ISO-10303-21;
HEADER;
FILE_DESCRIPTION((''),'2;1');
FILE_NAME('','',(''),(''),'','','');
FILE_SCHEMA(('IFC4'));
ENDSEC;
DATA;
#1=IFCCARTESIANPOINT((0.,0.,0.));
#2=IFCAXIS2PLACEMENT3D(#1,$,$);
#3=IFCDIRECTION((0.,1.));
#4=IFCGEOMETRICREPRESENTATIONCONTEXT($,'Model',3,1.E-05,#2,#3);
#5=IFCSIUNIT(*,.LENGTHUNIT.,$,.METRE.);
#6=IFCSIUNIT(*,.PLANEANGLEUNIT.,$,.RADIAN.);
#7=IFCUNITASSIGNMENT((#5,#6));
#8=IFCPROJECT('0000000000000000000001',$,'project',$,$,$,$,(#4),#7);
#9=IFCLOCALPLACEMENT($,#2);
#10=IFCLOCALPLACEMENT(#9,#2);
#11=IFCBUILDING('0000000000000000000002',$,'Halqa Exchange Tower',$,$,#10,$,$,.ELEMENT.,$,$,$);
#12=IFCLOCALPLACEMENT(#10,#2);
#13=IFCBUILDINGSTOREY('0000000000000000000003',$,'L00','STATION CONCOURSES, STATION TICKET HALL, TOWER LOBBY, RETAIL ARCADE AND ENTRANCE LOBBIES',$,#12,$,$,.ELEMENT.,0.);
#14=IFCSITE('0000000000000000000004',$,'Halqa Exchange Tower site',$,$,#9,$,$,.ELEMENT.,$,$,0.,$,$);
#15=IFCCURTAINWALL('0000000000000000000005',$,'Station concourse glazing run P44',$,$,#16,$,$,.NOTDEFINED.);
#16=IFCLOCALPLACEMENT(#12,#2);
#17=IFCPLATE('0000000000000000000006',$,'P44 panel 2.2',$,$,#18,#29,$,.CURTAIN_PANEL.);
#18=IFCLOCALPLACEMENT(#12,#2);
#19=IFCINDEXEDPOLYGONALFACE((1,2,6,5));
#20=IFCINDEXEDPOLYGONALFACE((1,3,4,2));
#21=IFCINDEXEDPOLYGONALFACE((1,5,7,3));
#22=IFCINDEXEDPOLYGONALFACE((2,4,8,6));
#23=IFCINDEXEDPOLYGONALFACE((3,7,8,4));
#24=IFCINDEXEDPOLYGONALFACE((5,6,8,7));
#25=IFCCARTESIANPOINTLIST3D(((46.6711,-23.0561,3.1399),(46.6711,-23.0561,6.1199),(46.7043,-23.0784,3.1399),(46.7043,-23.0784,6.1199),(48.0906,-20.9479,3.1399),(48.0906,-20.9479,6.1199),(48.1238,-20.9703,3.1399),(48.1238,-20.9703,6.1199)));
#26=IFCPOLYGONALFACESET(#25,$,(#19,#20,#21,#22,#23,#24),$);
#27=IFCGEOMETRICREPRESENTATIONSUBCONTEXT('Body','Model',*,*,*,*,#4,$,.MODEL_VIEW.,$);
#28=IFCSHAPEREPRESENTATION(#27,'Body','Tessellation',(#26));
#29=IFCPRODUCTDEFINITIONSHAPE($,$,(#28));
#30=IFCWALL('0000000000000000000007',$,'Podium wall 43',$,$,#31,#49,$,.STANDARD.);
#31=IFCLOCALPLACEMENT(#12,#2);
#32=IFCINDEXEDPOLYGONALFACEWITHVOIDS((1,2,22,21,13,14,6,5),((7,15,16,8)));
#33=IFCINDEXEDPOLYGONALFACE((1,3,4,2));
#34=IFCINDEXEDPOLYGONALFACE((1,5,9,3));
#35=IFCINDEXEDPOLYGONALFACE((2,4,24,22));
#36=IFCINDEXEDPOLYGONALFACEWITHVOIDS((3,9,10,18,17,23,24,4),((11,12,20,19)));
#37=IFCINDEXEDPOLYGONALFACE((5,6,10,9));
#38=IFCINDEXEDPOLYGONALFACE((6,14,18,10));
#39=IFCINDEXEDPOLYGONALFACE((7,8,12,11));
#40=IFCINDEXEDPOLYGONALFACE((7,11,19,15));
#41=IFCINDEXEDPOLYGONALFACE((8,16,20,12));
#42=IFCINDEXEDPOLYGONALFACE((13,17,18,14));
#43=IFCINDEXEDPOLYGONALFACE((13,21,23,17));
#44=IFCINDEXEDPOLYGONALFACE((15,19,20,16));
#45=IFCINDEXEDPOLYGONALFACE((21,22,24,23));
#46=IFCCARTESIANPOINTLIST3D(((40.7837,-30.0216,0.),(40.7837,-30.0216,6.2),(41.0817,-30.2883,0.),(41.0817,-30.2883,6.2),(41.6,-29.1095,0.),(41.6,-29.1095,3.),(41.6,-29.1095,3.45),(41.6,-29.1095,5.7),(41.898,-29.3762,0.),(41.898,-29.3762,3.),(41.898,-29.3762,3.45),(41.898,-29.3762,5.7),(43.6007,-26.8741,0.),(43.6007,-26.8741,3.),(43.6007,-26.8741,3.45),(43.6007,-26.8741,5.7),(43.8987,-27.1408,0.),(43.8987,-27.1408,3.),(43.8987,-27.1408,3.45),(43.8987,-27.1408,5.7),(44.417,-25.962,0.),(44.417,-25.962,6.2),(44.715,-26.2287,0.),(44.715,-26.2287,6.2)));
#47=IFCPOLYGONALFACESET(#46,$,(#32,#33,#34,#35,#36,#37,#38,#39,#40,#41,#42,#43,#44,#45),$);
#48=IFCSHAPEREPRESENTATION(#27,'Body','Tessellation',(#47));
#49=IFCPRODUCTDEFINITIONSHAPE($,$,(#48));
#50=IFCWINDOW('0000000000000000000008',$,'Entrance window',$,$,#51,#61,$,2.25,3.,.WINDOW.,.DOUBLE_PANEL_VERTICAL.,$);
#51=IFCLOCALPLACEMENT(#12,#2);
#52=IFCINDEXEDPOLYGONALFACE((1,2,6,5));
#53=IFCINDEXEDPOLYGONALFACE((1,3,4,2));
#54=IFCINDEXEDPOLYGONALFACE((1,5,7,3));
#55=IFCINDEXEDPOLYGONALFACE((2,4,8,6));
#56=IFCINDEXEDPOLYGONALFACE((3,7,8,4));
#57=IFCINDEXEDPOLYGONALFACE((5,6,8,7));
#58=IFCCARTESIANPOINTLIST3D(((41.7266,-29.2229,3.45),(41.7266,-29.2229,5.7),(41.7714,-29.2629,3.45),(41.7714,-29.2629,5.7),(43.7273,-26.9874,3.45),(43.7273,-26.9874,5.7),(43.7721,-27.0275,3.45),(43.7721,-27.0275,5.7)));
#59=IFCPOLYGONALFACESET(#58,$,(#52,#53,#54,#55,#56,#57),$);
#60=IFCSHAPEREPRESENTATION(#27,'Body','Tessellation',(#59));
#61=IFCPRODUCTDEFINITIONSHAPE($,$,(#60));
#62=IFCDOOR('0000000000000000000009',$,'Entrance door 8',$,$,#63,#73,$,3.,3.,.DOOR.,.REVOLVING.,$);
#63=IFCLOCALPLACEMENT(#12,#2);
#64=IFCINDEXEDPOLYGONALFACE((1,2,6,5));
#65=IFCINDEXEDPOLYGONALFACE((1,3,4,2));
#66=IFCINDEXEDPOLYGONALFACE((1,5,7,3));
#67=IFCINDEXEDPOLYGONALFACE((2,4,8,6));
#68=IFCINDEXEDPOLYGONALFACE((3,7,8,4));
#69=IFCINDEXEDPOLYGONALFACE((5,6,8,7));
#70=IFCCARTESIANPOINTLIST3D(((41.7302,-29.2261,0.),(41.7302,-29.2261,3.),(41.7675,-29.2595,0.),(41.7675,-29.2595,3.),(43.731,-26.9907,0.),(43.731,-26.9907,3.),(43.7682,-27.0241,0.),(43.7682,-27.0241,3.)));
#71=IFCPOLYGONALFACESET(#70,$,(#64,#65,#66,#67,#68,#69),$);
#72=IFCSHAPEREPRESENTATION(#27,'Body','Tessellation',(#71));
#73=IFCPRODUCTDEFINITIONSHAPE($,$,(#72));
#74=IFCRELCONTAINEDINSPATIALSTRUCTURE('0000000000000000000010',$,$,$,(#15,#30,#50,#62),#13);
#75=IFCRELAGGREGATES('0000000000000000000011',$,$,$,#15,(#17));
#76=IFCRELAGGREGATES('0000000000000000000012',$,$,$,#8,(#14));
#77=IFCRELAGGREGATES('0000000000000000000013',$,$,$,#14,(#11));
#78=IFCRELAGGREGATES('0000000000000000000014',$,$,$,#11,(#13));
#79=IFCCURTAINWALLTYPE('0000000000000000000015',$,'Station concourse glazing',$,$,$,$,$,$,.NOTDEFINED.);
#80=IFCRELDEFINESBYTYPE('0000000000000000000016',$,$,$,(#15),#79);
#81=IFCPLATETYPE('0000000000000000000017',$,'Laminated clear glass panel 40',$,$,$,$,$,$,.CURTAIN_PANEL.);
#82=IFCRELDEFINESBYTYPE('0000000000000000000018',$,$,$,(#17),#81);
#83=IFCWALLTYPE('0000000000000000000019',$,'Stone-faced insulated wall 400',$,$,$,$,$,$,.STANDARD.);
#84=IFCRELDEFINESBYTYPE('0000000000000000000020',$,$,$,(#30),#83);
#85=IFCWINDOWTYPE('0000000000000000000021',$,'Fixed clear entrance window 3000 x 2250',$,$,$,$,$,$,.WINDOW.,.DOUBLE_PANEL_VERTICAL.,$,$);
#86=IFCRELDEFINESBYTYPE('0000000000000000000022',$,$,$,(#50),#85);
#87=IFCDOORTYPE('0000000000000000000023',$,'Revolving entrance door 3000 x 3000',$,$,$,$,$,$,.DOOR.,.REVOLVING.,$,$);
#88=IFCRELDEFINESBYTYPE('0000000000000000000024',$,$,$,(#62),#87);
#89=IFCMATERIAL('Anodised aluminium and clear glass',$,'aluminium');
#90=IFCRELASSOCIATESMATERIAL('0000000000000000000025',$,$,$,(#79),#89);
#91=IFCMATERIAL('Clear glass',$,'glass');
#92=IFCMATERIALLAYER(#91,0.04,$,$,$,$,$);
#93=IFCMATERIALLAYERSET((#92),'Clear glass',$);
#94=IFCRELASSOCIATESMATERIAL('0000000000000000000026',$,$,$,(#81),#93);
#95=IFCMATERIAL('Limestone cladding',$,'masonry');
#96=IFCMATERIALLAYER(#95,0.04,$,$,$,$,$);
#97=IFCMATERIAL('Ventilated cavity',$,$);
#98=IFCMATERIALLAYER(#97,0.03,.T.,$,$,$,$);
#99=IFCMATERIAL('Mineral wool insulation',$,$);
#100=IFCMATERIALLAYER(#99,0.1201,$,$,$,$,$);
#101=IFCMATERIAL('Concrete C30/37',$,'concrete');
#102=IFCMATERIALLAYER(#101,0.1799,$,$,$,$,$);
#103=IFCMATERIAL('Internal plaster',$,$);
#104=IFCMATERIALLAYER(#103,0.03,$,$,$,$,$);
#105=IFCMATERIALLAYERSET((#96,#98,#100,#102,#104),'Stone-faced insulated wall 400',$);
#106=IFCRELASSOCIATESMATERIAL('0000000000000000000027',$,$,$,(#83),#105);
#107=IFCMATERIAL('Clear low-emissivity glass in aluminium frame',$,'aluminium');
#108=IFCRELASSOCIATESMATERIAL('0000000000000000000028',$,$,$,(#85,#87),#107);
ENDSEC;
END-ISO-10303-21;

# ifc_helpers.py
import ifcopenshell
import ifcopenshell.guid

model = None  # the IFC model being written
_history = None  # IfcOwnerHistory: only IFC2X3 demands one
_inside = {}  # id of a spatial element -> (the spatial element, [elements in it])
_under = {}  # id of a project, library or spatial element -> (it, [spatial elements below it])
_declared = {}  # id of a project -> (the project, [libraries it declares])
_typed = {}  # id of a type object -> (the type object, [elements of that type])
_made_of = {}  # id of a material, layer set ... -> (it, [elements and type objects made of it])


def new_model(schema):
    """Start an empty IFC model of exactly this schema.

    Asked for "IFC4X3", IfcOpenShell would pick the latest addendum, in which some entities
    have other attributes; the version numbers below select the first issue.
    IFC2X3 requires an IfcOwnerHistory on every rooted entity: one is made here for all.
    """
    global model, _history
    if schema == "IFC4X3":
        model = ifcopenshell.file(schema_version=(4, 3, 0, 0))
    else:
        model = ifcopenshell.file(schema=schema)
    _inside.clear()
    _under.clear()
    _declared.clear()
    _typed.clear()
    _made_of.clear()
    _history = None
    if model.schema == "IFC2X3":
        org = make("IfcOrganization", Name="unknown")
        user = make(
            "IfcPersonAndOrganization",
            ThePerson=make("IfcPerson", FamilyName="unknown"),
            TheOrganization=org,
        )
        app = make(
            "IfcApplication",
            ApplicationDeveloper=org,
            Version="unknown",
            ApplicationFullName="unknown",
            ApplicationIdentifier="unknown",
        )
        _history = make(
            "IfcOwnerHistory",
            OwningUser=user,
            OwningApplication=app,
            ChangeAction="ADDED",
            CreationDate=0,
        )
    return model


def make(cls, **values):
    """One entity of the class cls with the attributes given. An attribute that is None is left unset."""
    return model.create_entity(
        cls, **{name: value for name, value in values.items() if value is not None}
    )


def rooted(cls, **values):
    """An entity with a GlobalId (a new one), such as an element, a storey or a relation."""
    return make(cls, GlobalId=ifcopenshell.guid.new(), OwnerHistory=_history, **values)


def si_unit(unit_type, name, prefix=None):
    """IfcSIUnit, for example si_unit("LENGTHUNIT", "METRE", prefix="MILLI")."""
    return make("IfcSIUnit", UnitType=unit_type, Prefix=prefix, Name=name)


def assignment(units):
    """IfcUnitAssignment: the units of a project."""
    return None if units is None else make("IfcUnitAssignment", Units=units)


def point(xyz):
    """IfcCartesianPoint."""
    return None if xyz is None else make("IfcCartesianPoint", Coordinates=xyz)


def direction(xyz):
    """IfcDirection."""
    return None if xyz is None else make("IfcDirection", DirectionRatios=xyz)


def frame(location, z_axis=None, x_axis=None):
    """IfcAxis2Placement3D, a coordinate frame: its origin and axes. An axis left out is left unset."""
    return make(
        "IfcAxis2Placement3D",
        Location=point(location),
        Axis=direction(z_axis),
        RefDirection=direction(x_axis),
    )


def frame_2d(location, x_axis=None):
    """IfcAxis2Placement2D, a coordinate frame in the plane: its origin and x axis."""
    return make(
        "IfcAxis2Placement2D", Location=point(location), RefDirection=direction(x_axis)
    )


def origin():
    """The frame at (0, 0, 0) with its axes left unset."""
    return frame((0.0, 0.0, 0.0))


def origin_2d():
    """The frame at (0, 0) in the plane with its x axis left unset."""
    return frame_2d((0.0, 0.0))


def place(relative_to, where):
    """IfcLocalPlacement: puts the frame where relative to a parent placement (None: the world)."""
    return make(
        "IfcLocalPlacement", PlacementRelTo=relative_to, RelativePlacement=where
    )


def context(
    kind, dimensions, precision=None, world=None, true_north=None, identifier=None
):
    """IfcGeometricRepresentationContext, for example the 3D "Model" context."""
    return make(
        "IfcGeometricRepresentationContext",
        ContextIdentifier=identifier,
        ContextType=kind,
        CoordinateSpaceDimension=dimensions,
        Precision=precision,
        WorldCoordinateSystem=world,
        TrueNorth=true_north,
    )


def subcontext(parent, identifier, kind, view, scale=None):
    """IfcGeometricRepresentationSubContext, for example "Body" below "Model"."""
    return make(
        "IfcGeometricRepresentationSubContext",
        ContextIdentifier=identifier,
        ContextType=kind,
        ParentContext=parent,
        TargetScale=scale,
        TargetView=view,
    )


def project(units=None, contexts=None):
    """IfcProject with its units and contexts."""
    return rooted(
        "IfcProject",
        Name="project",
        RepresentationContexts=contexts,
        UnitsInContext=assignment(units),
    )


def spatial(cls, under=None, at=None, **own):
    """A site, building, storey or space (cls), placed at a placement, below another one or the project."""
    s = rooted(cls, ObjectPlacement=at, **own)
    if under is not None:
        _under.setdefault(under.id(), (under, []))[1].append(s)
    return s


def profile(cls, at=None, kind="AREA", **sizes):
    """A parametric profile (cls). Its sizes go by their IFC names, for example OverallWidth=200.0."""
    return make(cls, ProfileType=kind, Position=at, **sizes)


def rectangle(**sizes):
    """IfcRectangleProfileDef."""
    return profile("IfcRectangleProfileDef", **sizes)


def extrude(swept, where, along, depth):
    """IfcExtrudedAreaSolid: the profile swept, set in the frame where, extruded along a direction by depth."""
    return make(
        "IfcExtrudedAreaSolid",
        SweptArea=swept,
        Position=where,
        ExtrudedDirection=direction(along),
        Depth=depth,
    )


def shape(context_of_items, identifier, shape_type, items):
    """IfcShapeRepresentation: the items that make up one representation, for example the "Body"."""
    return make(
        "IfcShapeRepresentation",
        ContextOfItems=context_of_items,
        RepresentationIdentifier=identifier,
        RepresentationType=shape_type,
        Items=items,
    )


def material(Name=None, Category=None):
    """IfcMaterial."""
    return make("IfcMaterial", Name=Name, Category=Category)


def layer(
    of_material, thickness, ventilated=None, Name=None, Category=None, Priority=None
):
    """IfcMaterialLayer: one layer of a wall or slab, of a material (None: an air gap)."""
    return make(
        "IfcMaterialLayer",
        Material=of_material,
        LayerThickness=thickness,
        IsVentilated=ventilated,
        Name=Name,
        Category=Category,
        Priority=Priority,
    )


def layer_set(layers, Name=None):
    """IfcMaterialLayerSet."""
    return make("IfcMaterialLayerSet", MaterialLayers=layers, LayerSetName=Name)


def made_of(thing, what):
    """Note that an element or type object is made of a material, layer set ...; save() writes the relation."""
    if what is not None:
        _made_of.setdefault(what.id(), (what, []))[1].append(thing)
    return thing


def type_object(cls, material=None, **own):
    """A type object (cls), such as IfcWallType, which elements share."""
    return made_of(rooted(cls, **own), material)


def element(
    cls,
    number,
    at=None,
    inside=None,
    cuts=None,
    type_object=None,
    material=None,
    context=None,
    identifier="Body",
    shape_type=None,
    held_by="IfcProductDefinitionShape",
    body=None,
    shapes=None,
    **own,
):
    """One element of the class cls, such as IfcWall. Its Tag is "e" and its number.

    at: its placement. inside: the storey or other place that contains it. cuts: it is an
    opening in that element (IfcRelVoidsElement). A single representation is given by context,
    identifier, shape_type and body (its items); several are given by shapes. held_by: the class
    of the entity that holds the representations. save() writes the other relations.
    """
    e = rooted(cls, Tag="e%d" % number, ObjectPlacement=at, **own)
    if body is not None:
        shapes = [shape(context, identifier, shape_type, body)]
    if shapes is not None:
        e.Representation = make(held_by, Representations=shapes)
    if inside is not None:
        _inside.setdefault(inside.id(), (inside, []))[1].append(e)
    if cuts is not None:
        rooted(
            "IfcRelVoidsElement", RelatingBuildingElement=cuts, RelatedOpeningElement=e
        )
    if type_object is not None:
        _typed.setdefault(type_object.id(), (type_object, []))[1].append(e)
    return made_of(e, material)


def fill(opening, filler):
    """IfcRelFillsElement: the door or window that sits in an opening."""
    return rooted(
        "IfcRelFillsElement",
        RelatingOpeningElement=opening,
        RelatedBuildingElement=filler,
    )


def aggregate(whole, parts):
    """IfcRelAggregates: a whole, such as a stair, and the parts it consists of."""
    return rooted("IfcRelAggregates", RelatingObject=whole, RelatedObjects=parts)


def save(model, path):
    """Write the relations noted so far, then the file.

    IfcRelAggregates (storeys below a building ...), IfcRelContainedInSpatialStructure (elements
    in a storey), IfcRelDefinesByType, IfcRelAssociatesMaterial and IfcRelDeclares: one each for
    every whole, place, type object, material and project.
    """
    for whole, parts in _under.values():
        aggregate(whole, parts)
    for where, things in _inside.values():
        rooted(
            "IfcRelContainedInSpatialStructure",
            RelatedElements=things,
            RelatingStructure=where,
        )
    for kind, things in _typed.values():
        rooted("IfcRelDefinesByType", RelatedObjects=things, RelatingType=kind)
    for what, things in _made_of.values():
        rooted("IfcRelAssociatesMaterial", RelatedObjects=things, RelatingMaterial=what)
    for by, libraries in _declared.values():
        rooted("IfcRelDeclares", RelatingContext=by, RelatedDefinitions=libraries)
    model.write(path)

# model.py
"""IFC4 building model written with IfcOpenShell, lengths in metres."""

from ifc_helpers import new_model, si_unit, direction, frame, frame_2d, origin, origin_2d, place, context, subcontext, project, spatial, rectangle, extrude, material, layer, layer_set, type_object, element, fill, aggregate, save


model = new_model("IFC4")

# Units and contexts
model_context = context("Model", 3, precision=1e-05, world=origin(), true_north=direction((0.0, 1.0)))
body_context = subcontext(model_context, "Body", "Model", "MODEL_VIEW")
ifc_project = project(units=[si_unit("LENGTHUNIT", "METRE"), si_unit("PLANEANGLEUNIT", "RADIAN")], contexts=[model_context])

# Site, building, storey
site_placement = place(None, origin())
site = spatial("IfcSite", under=ifc_project, at=site_placement, Name="Halqa Exchange Tower site", CompositionType="ELEMENT", RefElevation=0.0)
building_placement = place(site_placement, origin())
building = spatial("IfcBuilding", under=site, at=building_placement, Name="Halqa Exchange Tower", CompositionType="ELEMENT")
storey_placement = place(building_placement, origin())
storey = spatial("IfcBuildingStorey", under=building, at=storey_placement, Name="L00", Description="STATION CONCOURSES, STATION TICKET HALL, TOWER LOBBY, RETAIL ARCADE AND ENTRANCE LOBBIES", CompositionType="ELEMENT", Elevation=0.0)

# Curtain wall
ifc_material_1 = material(Name="Anodised aluminium and clear glass", Category="aluminium")
curtain_wall_type = type_object("IfcCurtainWallType", Name="Station concourse glazing", PredefinedType="NOTDEFINED", material=ifc_material_1)
curtain_wall_1_placement = place(storey_placement, origin())
curtain_wall_1 = element("IfcCurtainWall", 1, at=curtain_wall_1_placement, inside=storey, type_object=curtain_wall_type, Name="Station concourse glazing run P44", PredefinedType="NOTDEFINED")

# Plate
ifc_material_2 = material(Name="Clear glass", Category="glass")
ifc_layer_1 = layer(ifc_material_2, 0.04)
ifc_layer_set_1 = layer_set([ifc_layer_1], Name="Clear glass")
plate_type = type_object("IfcPlateType", Name="Laminated clear glass panel 40", PredefinedType="CURTAIN_PANEL", material=ifc_layer_set_1)
plate_1_placement = place(storey_placement, frame((47.3975, -22.0132, 3.1399), z_axis=(0.0, 0.0, 1.0), x_axis=(0.558522, 0.82949, 0.0)))
plate_1 = element("IfcPlate", 2, at=plate_1_placement, type_object=plate_type, Name="P44 panel 2.2", PredefinedType="CURTAIN_PANEL", context=body_context, shape_type="SweptSolid", body=[
    extrude(rectangle(XDim=2.5415, YDim=0.04, at=origin_2d()), origin(), (0.0, 0.0, 1.0), 2.98),
])
aggregate(curtain_wall_1, [plate_1])

# Wall, openings, window, door
ifc_material_3 = material(Name="Limestone cladding", Category="masonry")
ifc_layer_2 = layer(ifc_material_3, 0.04)
ifc_material_4 = material(Name="Ventilated cavity")
ifc_layer_3 = layer(ifc_material_4, 0.03, ventilated=True)
ifc_material_5 = material(Name="Mineral wool insulation")
ifc_layer_4 = layer(ifc_material_5, 0.1201)
ifc_material_6 = material(Name="Concrete C30/37", Category="concrete")
ifc_layer_5 = layer(ifc_material_6, 0.1799)
ifc_material_7 = material(Name="Internal plaster")
ifc_layer_6 = layer(ifc_material_7, 0.03)
ifc_layer_set_2 = layer_set([ifc_layer_2, ifc_layer_3, ifc_layer_4, ifc_layer_5, ifc_layer_6], Name="Stone-faced insulated wall 400")
wall_type = type_object("IfcWallType", Name="Stone-faced insulated wall 400", PredefinedType="STANDARD", material=ifc_layer_set_2)
wall_placement = place(storey_placement, frame((40.9326, -30.155, 0.0), z_axis=(0.0, 0.0, 1.0), x_axis=(0.666902, 0.745145, 0.0)))
wall = element("IfcWall", 3, at=wall_placement, inside=storey, type_object=wall_type, Name="Podium wall 43", PredefinedType="STANDARD", context=body_context, shape_type="SweptSolid", body=[
    extrude(rectangle(XDim=5.448, YDim=0.3999, at=frame_2d((2.7241, 0.0))), origin(), (0.0, 0.0, 1.0), 6.2),
])
opening_1_placement = place(wall_placement, frame((1.2241, 0.0, 0.0)))
opening_1 = element("IfcOpeningElement", 4, at=opening_1_placement, cuts=wall, PredefinedType="OPENING", context=body_context, shape_type="SweptSolid", body=[
    extrude(rectangle(XDim=3.0, YDim=3.0, at=frame_2d((1.5, 1.5))), frame((0.0, 0.2119, 0.0), z_axis=(0.0, -1.0, 0.0), x_axis=(1.0, 0.0, 0.0)), (0.0, 0.0, 1.0), 0.4238),
])
opening_2_placement = place(wall_placement, frame((1.2241, 0.0, 3.45)))
opening_2 = element("IfcOpeningElement", 5, at=opening_2_placement, cuts=wall, PredefinedType="OPENING", context=body_context, shape_type="SweptSolid", body=[
    extrude(rectangle(XDim=3.0, YDim=2.25, at=frame_2d((1.5, 1.125))), frame((0.0, 0.2119, 0.0), z_axis=(0.0, -1.0, 0.0), x_axis=(1.0, 0.0, 0.0)), (0.0, 0.0, 1.0), 0.4238),
])
ifc_material_8 = material(Name="Clear low-emissivity glass in aluminium frame", Category="aluminium")
window_type = type_object("IfcWindowType", Name="Fixed clear entrance window 3000 x 2250", PartitioningType="DOUBLE_PANEL_VERTICAL", PredefinedType="WINDOW", material=ifc_material_8)
window_placement = place(opening_2_placement, origin())
window = element("IfcWindow", 6, at=window_placement, inside=storey, type_object=window_type, Name="Entrance window", OverallHeight=2.25, OverallWidth=3.0, PartitioningType="DOUBLE_PANEL_VERTICAL", PredefinedType="WINDOW", context=body_context, shape_type="SweptSolid", body=[
    extrude(rectangle(XDim=3.0, YDim=2.25, at=frame_2d((1.5, 1.125))), frame((0.0, 0.03, 0.0), z_axis=(0.0, -1.0, 0.0), x_axis=(1.0, 0.0, 0.0)), (0.0, 0.0, 1.0), 0.0601),
])
fill(opening_2, window)
door_type = type_object("IfcDoorType", Name="Revolving entrance door 3000 x 3000", OperationType="REVOLVING", PredefinedType="DOOR", material=ifc_material_8)
door_placement = place(opening_1_placement, frame((3.0, 0.0, 0.0), z_axis=(0.0, 0.0, 1.0), x_axis=(-1.0, 0.0, 0.0)))
door = element("IfcDoor", 7, at=door_placement, inside=storey, type_object=door_type, Name="Entrance door 8", OperationType="REVOLVING", OverallHeight=3.0, OverallWidth=3.0, PredefinedType="DOOR", context=body_context, shape_type="SweptSolid", body=[
    extrude(rectangle(XDim=3.0, YDim=3.0, at=frame_2d((1.5, 1.5))), frame((0.0, 0.0249, 0.0), z_axis=(0.0, -1.0, 0.0), x_axis=(1.0, 0.0, 0.0)), (0.0, 0.0, 1.0), 0.05),
])
fill(opening_1, door)

save(model, "model.ifc")
